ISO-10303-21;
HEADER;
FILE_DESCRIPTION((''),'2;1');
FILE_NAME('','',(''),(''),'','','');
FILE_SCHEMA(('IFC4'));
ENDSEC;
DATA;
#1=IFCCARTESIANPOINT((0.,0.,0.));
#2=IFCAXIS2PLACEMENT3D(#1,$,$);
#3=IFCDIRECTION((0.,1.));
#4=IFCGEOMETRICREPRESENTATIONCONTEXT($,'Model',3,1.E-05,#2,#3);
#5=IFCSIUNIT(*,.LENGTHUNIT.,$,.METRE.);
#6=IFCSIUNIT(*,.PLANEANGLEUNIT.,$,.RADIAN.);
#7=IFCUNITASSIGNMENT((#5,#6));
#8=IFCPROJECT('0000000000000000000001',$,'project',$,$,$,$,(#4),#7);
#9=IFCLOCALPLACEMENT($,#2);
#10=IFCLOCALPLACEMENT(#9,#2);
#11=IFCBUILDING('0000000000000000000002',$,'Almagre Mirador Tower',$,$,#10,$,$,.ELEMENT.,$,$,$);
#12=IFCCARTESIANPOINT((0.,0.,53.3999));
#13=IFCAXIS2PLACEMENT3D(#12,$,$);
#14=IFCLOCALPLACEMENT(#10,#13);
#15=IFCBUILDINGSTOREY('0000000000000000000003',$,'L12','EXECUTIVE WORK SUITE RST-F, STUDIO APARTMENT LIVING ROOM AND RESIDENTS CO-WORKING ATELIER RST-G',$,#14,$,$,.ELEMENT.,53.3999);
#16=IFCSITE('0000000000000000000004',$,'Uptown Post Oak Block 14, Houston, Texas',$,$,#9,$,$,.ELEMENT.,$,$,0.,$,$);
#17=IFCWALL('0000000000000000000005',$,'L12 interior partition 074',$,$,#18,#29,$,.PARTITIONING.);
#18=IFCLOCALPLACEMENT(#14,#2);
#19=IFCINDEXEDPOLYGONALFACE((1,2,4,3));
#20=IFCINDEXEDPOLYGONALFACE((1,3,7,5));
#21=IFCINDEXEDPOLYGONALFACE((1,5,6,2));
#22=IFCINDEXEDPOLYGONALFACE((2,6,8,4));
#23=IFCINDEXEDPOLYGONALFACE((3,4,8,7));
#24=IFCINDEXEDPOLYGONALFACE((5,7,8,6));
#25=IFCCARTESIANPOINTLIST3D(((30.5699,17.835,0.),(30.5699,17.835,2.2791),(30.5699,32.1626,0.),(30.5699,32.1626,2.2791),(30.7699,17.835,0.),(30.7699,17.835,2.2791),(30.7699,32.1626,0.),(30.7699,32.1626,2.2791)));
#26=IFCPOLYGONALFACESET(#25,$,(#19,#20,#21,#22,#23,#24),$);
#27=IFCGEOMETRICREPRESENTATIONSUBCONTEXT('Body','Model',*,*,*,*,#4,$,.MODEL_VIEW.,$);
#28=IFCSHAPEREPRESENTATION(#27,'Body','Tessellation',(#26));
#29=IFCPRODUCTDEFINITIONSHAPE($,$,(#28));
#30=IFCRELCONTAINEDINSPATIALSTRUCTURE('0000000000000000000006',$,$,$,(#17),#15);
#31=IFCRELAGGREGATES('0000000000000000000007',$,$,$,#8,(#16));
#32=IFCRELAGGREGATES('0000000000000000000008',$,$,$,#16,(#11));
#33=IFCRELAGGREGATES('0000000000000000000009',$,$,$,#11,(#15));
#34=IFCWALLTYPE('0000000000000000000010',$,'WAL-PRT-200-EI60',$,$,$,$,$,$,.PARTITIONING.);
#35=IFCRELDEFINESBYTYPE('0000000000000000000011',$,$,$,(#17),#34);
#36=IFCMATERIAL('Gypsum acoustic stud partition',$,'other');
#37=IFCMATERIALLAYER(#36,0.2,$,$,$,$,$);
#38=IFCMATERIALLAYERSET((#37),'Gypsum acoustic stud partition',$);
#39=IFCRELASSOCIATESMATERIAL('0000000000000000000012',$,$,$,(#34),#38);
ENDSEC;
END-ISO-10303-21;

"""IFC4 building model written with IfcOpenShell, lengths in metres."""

from ifc_helpers import new_model, si_unit, direction, frame, frame_2d, origin, place, context, subcontext, project, spatial, rectangle, extrude, material, layer, layer_set, type_object, element, save


model = new_model("IFC4")

# Units and contexts
model_context = context("Model", 3, precision=1e-05, world=origin(), true_north=direction((0.0, 1.0)))
body_context = subcontext(model_context, "Body", "Model", "MODEL_VIEW")
ifc_project = project(units=[si_unit("LENGTHUNIT", "METRE"), si_unit("PLANEANGLEUNIT", "RADIAN")], contexts=[model_context])

# Site, building, storey
site_placement = place(None, origin())
site = spatial("IfcSite", under=ifc_project, at=site_placement, Name="Uptown Post Oak Block 14, Houston, Texas", CompositionType="ELEMENT", RefElevation=0.0)
building_placement = place(site_placement, origin())
building = spatial("IfcBuilding", under=site, at=building_placement, Name="Almagre Mirador Tower", CompositionType="ELEMENT")
storey_placement = place(building_placement, frame((0.0, 0.0, 53.3999)))
storey = spatial("IfcBuildingStorey", under=building, at=storey_placement, Name="L12", Description="EXECUTIVE WORK SUITE RST-F, STUDIO APARTMENT LIVING ROOM AND RESIDENTS CO-WORKING ATELIER RST-G", CompositionType="ELEMENT", Elevation=53.3999)

# Shared definitions
ifc_material_1 = material(Name="Gypsum acoustic stud partition", Category="other")
ifc_layer_1 = layer(ifc_material_1, 0.2)
ifc_layer_set_1 = layer_set([ifc_layer_1], Name="Gypsum acoustic stud partition")
wall_type_1 = type_object("IfcWallType", Name="WAL-PRT-200-EI60", PredefinedType="PARTITIONING", material=ifc_layer_set_1)

# Wall
wall_1_placement = place(storey_placement, frame((30.6699, 17.835, 0.0), z_axis=(0.0, 0.0, 1.0), x_axis=(0.0, 1.0, 0.0)))
element("IfcWall", 1, at=wall_1_placement, inside=storey, type_object=wall_type_1, Name="L12 interior partition 074", PredefinedType="PARTITIONING", context=body_context, shape_type="SweptSolid", body=[
    extrude(rectangle(XDim=14.3276, YDim=0.2, at=frame_2d((7.1638, 0.0))), origin(), (0.0, 0.0, 1.0), 2.2791),
])

save(model, "model.ifc")
